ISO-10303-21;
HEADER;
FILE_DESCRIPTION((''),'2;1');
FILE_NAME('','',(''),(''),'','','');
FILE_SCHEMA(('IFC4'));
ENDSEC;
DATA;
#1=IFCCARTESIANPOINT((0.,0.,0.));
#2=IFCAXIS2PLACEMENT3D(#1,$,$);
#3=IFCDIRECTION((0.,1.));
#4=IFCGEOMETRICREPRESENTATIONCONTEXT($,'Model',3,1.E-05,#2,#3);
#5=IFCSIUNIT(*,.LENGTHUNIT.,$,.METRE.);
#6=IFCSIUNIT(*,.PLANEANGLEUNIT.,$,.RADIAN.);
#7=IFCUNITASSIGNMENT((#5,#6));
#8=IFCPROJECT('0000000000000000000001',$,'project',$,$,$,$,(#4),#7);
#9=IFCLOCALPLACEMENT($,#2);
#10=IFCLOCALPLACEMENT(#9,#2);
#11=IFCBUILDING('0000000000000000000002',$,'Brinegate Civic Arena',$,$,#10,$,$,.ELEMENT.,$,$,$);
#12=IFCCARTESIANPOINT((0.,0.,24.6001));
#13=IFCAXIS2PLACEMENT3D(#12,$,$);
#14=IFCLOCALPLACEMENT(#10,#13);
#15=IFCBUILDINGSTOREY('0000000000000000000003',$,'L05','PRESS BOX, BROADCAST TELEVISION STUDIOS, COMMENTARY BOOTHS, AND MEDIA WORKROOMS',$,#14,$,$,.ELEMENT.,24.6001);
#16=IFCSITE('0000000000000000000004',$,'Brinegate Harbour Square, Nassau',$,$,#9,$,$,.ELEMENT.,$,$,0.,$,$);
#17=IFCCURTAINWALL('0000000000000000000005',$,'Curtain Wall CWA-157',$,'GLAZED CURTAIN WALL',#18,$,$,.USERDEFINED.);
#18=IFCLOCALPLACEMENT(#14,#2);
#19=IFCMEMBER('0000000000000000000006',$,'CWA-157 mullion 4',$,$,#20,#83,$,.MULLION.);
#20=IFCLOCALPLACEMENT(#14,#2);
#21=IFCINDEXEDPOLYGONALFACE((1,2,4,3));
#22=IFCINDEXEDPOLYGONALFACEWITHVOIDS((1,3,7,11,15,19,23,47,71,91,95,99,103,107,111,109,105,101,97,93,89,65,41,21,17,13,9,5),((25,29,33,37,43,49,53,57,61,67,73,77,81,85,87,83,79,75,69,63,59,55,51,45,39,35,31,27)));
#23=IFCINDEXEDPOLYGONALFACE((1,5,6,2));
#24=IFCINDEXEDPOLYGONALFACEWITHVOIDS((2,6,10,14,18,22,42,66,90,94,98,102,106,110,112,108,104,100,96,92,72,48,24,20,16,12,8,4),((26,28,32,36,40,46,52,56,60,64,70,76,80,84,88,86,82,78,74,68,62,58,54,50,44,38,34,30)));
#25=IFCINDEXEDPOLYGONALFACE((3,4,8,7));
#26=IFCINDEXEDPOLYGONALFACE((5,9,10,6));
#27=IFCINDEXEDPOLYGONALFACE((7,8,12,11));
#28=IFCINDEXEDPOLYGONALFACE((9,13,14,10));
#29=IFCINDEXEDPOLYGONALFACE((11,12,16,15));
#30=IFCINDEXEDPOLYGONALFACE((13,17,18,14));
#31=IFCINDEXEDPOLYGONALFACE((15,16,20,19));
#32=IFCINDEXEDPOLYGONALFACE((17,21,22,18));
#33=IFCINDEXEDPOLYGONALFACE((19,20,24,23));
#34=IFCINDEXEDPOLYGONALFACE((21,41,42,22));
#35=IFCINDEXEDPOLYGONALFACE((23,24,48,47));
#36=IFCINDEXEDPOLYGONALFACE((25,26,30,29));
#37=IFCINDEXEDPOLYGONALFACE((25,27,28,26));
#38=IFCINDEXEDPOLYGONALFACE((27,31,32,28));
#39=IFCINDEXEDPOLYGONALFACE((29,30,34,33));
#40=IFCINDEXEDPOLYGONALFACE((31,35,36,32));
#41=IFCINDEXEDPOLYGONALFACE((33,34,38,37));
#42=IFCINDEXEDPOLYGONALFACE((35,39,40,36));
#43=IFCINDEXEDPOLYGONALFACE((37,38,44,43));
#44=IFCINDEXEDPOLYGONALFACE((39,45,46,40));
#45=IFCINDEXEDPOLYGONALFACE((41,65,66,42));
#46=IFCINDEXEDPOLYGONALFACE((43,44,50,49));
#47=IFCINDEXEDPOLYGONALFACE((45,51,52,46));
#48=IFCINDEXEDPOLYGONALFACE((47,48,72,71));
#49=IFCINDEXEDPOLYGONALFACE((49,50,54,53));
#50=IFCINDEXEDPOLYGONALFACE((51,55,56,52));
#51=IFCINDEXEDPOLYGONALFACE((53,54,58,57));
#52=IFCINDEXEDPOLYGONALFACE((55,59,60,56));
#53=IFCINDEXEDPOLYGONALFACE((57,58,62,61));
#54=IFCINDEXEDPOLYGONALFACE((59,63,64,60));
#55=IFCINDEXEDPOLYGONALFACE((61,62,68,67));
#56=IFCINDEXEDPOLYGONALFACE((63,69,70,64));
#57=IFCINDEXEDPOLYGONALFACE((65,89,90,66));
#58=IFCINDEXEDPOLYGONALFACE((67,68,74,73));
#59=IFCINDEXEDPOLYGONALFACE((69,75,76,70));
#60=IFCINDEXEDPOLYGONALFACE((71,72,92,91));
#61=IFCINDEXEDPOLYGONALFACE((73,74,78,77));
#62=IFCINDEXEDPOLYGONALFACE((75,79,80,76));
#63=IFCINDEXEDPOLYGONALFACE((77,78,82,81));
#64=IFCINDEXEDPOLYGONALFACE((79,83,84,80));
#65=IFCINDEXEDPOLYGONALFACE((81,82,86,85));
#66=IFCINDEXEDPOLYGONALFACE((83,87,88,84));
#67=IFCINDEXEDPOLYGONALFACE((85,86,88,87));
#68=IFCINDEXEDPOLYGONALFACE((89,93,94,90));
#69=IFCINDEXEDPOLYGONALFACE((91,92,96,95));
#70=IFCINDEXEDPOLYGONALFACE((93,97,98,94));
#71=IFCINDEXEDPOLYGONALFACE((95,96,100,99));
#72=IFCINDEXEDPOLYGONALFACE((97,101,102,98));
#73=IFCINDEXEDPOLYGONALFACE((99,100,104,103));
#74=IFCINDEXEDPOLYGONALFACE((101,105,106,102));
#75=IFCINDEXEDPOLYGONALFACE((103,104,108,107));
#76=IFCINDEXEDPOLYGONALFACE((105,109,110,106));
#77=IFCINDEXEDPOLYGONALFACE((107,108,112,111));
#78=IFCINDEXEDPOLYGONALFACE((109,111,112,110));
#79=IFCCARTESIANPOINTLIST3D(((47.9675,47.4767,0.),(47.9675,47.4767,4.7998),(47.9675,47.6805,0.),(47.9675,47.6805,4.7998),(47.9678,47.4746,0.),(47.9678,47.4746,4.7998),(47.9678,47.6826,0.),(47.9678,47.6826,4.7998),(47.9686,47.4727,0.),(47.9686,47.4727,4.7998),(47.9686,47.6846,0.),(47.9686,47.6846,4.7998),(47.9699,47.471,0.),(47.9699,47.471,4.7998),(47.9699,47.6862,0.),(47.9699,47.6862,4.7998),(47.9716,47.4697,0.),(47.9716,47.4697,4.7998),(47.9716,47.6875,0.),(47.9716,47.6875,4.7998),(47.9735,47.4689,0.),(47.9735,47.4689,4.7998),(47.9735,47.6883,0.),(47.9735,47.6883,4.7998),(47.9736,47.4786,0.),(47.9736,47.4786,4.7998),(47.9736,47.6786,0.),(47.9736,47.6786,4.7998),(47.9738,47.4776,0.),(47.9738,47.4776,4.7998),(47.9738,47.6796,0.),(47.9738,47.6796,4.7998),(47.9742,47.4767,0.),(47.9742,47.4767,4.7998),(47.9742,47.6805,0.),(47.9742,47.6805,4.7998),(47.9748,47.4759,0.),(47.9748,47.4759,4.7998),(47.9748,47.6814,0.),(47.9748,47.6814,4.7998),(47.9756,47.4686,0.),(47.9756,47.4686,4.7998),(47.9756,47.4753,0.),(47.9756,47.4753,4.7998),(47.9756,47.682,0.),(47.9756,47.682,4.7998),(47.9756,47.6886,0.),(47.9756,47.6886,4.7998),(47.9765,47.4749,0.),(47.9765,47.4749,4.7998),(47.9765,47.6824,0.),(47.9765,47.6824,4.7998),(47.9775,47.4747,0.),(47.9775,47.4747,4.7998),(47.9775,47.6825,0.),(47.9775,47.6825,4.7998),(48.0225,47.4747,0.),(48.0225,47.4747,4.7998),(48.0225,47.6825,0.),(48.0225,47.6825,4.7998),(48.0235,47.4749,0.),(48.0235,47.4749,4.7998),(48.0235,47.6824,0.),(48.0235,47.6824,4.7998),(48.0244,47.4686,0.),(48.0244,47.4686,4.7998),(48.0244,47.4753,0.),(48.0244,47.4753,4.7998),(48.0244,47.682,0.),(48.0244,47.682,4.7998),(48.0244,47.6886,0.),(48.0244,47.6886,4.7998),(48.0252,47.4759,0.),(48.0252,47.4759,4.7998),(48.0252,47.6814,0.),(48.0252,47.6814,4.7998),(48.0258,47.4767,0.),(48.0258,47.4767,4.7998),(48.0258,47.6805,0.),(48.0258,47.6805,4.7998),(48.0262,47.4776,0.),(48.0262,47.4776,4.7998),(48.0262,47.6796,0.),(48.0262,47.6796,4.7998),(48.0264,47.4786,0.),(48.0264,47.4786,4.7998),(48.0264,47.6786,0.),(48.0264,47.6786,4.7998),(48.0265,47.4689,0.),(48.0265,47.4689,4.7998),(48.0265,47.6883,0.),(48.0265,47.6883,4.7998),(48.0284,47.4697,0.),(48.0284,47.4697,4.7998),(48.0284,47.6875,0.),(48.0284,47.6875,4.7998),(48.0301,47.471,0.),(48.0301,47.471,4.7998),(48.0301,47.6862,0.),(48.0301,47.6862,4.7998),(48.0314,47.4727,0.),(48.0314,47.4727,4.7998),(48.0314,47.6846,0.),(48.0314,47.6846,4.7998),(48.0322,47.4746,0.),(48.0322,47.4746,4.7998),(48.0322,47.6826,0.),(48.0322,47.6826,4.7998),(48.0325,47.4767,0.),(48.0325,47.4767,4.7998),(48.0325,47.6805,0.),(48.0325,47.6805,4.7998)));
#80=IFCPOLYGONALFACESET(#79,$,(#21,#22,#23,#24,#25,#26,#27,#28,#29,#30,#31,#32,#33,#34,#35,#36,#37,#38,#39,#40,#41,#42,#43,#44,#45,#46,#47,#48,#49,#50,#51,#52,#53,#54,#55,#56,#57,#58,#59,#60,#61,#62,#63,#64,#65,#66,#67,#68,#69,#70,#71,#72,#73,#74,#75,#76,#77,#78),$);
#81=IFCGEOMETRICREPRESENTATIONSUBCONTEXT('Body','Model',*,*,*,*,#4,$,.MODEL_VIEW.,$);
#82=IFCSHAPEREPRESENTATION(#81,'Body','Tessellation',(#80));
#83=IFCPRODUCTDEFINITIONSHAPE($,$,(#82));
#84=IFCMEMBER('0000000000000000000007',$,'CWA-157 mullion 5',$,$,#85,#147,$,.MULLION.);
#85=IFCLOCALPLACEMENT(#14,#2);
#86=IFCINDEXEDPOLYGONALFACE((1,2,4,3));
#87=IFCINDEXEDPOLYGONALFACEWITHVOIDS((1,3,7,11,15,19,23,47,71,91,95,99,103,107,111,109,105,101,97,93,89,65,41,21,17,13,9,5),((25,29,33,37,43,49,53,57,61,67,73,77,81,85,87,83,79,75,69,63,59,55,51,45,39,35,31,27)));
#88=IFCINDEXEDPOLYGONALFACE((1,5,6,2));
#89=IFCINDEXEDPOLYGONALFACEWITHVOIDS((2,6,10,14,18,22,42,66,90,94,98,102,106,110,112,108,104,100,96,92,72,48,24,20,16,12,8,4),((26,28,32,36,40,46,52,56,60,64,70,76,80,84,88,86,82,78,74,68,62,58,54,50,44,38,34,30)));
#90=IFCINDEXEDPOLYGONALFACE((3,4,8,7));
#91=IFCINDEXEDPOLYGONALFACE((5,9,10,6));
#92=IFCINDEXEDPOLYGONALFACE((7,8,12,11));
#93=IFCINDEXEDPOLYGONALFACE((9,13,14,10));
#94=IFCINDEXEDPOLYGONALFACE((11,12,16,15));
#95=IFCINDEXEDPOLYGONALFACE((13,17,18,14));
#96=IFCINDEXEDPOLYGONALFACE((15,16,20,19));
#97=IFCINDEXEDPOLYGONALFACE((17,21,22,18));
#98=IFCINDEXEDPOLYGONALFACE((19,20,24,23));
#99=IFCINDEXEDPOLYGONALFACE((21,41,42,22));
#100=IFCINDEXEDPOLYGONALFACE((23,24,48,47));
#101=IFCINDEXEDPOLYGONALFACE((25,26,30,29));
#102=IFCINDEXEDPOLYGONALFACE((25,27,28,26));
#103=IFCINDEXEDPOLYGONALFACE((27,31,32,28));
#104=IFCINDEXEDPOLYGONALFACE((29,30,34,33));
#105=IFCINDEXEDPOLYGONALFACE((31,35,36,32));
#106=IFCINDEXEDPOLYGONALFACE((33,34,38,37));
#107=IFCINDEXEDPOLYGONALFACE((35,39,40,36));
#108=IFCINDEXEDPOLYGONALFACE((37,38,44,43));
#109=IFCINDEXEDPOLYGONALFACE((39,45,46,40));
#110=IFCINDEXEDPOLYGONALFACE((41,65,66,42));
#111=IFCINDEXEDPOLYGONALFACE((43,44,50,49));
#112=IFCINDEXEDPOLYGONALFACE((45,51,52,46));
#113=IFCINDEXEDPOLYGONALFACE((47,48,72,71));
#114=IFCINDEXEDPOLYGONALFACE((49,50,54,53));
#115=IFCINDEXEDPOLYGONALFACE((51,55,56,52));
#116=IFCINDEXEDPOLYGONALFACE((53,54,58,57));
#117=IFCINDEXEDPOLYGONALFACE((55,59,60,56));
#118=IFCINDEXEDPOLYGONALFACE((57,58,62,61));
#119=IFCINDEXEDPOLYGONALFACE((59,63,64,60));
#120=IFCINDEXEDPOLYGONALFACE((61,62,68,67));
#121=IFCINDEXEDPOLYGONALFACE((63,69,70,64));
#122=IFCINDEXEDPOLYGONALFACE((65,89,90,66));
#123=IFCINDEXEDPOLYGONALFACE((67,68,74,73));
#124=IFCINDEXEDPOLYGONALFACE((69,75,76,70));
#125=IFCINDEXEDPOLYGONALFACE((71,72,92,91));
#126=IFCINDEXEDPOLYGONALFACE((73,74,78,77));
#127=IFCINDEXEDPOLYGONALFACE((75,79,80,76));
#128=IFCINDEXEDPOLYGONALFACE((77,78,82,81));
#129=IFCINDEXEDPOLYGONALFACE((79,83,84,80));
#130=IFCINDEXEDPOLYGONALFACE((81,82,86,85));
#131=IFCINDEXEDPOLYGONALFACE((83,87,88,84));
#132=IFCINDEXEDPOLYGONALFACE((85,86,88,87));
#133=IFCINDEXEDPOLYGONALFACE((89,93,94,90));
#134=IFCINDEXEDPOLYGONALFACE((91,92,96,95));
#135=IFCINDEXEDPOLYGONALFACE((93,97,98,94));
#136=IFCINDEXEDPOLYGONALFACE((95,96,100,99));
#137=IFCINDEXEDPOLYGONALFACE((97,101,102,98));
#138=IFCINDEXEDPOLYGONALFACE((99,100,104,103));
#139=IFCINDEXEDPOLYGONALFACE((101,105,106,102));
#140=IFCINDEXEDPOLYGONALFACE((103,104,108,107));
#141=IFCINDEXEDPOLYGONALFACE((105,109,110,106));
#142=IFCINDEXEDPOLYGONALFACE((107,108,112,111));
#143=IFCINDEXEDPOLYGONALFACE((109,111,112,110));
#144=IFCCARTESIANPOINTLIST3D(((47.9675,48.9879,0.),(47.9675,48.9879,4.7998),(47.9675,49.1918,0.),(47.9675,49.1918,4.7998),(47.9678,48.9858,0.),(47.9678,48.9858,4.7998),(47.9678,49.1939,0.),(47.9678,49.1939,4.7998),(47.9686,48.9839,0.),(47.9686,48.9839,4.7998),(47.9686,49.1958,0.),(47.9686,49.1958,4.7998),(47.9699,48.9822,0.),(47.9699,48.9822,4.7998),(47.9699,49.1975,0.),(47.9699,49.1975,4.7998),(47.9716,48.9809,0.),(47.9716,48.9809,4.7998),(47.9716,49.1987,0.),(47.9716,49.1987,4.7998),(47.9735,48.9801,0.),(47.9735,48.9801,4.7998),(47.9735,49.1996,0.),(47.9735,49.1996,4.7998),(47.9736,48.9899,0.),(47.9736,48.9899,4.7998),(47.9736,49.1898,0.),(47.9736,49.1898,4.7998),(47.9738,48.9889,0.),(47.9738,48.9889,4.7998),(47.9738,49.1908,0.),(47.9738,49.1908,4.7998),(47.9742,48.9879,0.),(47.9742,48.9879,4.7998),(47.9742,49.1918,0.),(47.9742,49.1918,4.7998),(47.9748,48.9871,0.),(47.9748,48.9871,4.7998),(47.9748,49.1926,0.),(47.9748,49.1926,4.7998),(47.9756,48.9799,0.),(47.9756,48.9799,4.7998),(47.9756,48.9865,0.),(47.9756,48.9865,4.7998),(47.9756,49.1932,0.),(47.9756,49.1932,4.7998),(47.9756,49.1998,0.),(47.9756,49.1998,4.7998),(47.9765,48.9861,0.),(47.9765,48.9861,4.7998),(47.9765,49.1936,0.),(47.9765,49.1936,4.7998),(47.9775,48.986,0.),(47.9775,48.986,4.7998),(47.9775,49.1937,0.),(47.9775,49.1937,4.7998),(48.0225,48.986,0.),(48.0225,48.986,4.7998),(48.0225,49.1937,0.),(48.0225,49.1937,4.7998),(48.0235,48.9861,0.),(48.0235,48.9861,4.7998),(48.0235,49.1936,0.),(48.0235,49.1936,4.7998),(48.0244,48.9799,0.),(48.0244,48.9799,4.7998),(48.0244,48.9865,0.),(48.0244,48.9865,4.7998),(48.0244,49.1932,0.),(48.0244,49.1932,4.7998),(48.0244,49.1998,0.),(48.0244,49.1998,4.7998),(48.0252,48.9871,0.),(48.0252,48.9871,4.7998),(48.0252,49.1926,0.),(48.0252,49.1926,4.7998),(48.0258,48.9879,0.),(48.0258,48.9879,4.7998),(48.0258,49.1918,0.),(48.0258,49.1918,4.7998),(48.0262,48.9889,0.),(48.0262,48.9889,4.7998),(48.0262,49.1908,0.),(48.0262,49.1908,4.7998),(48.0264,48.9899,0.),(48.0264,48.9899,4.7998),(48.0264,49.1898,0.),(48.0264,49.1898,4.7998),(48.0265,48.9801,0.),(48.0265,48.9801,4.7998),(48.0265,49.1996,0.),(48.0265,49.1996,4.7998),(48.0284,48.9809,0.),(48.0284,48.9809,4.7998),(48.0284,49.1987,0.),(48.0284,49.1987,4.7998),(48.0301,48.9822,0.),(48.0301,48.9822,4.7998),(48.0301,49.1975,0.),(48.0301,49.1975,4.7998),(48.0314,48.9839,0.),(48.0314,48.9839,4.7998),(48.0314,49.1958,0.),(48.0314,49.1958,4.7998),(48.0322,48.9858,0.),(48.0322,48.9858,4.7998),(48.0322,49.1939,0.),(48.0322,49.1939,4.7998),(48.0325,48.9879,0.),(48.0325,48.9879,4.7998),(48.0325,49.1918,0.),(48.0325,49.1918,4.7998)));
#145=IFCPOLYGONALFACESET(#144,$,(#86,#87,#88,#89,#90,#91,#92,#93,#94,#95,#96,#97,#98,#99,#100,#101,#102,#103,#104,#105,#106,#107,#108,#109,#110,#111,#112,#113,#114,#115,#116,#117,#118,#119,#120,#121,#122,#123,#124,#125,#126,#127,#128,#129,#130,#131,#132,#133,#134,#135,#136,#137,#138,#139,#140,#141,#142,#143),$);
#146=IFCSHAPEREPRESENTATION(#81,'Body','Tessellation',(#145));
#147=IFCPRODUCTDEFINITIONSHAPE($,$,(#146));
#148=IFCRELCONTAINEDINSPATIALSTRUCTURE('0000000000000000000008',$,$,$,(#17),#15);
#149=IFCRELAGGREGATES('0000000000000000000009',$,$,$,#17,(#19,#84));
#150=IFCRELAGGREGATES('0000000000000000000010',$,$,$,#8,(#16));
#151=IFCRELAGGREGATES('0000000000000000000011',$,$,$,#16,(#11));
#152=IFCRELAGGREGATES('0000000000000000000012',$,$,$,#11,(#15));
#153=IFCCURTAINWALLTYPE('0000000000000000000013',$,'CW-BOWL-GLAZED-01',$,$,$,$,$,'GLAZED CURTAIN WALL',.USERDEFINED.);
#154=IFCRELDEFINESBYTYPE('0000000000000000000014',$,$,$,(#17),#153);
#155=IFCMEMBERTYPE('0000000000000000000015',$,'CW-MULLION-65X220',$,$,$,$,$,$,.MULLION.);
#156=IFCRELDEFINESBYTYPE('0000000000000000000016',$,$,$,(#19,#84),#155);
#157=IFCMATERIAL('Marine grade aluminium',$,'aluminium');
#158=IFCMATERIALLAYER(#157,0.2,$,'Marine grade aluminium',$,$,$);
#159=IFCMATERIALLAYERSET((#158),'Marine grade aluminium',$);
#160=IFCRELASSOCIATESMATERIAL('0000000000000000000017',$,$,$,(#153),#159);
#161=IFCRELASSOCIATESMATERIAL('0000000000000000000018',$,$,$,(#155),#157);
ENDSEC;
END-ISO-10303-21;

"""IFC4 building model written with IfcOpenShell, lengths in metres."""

from ifc_helpers import new_model, si_unit, direction, frame, origin, origin_2d, place, context, subcontext, project, spatial, hollow_rectangle, extrude, material, layer, layer_set, material_profile, profile_set, type_object, element, aggregate, save


model = new_model("IFC4")

# Units and contexts
model_context = context("Model", 3, precision=1e-05, world=origin(), true_north=direction((0.0, 1.0)))
body_context = subcontext(model_context, "Body", "Model", "MODEL_VIEW")
ifc_project = project(units=[si_unit("LENGTHUNIT", "METRE"), si_unit("PLANEANGLEUNIT", "RADIAN")], contexts=[model_context])

# Site, building, storey
site_placement = place(None, origin())
site = spatial("IfcSite", under=ifc_project, at=site_placement, Name="Brinegate Harbour Square, Nassau", CompositionType="ELEMENT", RefElevation=0.0)
building_placement = place(site_placement, origin())
building = spatial("IfcBuilding", under=site, at=building_placement, Name="Brinegate Civic Arena", CompositionType="ELEMENT")
storey_placement = place(building_placement, frame((0.0, 0.0, 24.6001)))
storey = spatial("IfcBuildingStorey", under=building, at=storey_placement, Name="L05", Description="PRESS BOX, BROADCAST TELEVISION STUDIOS, COMMENTARY BOOTHS, AND MEDIA WORKROOMS", CompositionType="ELEMENT", Elevation=24.6001)

# Curtain wall, members
ifc_material_1 = material(Name="Marine grade aluminium", Category="aluminium")
ifc_layer_1 = layer(ifc_material_1, 0.2, Name="Marine grade aluminium")
ifc_layer_set_1 = layer_set([ifc_layer_1], Name="Marine grade aluminium")
curtain_wall_type = type_object("IfcCurtainWallType", Name="CW-BOWL-GLAZED-01", ElementType="GLAZED CURTAIN WALL", PredefinedType="USERDEFINED", material=ifc_layer_set_1)
curtain_wall_placement = place(storey_placement, origin())
curtain_wall = element("IfcCurtainWall", 1, at=curtain_wall_placement, inside=storey, type_object=curtain_wall_type, Name="Curtain Wall CWA-157", ObjectType="GLAZED CURTAIN WALL", PredefinedType="USERDEFINED")
ifc_material_profile_1 = material_profile(ifc_material_1, hollow_rectangle(XDim=0.0649, YDim=0.22, WallThickness=0.0061, InnerFilletRadius=0.0039, OuterFilletRadius=0.0081, at=origin_2d()), Name="MUL65X220")
ifc_profile_set_1 = profile_set([ifc_material_profile_1], Name="Marine grade aluminium")
member_type_1 = type_object("IfcMemberType", Name="CW-MULLION-65X220", PredefinedType="MULLION", material=ifc_profile_set_1)
member_1_placement = place(storey_placement, frame((48.0, 47.5786, 0.0), z_axis=(0.0, 0.0, 1.0), x_axis=(-1.0, 0.0, 0.0)))
member_1 = element("IfcMember", 2, at=member_1_placement, type_object=member_type_1, Name="CWA-157 mullion 4", PredefinedType="MULLION", context=body_context, shape_type="SweptSolid", body=[
    extrude(hollow_rectangle(XDim=0.0649, YDim=0.22, WallThickness=0.0061, InnerFilletRadius=0.0039, OuterFilletRadius=0.0081, at=origin_2d()), origin(), (0.0, 0.0, 1.0), 4.7998),
])
member_2_placement = place(storey_placement, frame((48.0, 49.0898, 0.0), z_axis=(0.0, 0.0, 1.0), x_axis=(-1.0, 0.0, 0.0)))
member_2 = element("IfcMember", 3, at=member_2_placement, type_object=member_type_1, Name="CWA-157 mullion 5", PredefinedType="MULLION", context=body_context, shape_type="SweptSolid", body=[
    extrude(hollow_rectangle(XDim=0.0649, YDim=0.22, WallThickness=0.0061, InnerFilletRadius=0.0039, OuterFilletRadius=0.0081, at=origin_2d()), origin(), (0.0, 0.0, 1.0), 4.7998),
])

aggregate(curtain_wall, [member_1, member_2])

save(model, "model.ifc")
